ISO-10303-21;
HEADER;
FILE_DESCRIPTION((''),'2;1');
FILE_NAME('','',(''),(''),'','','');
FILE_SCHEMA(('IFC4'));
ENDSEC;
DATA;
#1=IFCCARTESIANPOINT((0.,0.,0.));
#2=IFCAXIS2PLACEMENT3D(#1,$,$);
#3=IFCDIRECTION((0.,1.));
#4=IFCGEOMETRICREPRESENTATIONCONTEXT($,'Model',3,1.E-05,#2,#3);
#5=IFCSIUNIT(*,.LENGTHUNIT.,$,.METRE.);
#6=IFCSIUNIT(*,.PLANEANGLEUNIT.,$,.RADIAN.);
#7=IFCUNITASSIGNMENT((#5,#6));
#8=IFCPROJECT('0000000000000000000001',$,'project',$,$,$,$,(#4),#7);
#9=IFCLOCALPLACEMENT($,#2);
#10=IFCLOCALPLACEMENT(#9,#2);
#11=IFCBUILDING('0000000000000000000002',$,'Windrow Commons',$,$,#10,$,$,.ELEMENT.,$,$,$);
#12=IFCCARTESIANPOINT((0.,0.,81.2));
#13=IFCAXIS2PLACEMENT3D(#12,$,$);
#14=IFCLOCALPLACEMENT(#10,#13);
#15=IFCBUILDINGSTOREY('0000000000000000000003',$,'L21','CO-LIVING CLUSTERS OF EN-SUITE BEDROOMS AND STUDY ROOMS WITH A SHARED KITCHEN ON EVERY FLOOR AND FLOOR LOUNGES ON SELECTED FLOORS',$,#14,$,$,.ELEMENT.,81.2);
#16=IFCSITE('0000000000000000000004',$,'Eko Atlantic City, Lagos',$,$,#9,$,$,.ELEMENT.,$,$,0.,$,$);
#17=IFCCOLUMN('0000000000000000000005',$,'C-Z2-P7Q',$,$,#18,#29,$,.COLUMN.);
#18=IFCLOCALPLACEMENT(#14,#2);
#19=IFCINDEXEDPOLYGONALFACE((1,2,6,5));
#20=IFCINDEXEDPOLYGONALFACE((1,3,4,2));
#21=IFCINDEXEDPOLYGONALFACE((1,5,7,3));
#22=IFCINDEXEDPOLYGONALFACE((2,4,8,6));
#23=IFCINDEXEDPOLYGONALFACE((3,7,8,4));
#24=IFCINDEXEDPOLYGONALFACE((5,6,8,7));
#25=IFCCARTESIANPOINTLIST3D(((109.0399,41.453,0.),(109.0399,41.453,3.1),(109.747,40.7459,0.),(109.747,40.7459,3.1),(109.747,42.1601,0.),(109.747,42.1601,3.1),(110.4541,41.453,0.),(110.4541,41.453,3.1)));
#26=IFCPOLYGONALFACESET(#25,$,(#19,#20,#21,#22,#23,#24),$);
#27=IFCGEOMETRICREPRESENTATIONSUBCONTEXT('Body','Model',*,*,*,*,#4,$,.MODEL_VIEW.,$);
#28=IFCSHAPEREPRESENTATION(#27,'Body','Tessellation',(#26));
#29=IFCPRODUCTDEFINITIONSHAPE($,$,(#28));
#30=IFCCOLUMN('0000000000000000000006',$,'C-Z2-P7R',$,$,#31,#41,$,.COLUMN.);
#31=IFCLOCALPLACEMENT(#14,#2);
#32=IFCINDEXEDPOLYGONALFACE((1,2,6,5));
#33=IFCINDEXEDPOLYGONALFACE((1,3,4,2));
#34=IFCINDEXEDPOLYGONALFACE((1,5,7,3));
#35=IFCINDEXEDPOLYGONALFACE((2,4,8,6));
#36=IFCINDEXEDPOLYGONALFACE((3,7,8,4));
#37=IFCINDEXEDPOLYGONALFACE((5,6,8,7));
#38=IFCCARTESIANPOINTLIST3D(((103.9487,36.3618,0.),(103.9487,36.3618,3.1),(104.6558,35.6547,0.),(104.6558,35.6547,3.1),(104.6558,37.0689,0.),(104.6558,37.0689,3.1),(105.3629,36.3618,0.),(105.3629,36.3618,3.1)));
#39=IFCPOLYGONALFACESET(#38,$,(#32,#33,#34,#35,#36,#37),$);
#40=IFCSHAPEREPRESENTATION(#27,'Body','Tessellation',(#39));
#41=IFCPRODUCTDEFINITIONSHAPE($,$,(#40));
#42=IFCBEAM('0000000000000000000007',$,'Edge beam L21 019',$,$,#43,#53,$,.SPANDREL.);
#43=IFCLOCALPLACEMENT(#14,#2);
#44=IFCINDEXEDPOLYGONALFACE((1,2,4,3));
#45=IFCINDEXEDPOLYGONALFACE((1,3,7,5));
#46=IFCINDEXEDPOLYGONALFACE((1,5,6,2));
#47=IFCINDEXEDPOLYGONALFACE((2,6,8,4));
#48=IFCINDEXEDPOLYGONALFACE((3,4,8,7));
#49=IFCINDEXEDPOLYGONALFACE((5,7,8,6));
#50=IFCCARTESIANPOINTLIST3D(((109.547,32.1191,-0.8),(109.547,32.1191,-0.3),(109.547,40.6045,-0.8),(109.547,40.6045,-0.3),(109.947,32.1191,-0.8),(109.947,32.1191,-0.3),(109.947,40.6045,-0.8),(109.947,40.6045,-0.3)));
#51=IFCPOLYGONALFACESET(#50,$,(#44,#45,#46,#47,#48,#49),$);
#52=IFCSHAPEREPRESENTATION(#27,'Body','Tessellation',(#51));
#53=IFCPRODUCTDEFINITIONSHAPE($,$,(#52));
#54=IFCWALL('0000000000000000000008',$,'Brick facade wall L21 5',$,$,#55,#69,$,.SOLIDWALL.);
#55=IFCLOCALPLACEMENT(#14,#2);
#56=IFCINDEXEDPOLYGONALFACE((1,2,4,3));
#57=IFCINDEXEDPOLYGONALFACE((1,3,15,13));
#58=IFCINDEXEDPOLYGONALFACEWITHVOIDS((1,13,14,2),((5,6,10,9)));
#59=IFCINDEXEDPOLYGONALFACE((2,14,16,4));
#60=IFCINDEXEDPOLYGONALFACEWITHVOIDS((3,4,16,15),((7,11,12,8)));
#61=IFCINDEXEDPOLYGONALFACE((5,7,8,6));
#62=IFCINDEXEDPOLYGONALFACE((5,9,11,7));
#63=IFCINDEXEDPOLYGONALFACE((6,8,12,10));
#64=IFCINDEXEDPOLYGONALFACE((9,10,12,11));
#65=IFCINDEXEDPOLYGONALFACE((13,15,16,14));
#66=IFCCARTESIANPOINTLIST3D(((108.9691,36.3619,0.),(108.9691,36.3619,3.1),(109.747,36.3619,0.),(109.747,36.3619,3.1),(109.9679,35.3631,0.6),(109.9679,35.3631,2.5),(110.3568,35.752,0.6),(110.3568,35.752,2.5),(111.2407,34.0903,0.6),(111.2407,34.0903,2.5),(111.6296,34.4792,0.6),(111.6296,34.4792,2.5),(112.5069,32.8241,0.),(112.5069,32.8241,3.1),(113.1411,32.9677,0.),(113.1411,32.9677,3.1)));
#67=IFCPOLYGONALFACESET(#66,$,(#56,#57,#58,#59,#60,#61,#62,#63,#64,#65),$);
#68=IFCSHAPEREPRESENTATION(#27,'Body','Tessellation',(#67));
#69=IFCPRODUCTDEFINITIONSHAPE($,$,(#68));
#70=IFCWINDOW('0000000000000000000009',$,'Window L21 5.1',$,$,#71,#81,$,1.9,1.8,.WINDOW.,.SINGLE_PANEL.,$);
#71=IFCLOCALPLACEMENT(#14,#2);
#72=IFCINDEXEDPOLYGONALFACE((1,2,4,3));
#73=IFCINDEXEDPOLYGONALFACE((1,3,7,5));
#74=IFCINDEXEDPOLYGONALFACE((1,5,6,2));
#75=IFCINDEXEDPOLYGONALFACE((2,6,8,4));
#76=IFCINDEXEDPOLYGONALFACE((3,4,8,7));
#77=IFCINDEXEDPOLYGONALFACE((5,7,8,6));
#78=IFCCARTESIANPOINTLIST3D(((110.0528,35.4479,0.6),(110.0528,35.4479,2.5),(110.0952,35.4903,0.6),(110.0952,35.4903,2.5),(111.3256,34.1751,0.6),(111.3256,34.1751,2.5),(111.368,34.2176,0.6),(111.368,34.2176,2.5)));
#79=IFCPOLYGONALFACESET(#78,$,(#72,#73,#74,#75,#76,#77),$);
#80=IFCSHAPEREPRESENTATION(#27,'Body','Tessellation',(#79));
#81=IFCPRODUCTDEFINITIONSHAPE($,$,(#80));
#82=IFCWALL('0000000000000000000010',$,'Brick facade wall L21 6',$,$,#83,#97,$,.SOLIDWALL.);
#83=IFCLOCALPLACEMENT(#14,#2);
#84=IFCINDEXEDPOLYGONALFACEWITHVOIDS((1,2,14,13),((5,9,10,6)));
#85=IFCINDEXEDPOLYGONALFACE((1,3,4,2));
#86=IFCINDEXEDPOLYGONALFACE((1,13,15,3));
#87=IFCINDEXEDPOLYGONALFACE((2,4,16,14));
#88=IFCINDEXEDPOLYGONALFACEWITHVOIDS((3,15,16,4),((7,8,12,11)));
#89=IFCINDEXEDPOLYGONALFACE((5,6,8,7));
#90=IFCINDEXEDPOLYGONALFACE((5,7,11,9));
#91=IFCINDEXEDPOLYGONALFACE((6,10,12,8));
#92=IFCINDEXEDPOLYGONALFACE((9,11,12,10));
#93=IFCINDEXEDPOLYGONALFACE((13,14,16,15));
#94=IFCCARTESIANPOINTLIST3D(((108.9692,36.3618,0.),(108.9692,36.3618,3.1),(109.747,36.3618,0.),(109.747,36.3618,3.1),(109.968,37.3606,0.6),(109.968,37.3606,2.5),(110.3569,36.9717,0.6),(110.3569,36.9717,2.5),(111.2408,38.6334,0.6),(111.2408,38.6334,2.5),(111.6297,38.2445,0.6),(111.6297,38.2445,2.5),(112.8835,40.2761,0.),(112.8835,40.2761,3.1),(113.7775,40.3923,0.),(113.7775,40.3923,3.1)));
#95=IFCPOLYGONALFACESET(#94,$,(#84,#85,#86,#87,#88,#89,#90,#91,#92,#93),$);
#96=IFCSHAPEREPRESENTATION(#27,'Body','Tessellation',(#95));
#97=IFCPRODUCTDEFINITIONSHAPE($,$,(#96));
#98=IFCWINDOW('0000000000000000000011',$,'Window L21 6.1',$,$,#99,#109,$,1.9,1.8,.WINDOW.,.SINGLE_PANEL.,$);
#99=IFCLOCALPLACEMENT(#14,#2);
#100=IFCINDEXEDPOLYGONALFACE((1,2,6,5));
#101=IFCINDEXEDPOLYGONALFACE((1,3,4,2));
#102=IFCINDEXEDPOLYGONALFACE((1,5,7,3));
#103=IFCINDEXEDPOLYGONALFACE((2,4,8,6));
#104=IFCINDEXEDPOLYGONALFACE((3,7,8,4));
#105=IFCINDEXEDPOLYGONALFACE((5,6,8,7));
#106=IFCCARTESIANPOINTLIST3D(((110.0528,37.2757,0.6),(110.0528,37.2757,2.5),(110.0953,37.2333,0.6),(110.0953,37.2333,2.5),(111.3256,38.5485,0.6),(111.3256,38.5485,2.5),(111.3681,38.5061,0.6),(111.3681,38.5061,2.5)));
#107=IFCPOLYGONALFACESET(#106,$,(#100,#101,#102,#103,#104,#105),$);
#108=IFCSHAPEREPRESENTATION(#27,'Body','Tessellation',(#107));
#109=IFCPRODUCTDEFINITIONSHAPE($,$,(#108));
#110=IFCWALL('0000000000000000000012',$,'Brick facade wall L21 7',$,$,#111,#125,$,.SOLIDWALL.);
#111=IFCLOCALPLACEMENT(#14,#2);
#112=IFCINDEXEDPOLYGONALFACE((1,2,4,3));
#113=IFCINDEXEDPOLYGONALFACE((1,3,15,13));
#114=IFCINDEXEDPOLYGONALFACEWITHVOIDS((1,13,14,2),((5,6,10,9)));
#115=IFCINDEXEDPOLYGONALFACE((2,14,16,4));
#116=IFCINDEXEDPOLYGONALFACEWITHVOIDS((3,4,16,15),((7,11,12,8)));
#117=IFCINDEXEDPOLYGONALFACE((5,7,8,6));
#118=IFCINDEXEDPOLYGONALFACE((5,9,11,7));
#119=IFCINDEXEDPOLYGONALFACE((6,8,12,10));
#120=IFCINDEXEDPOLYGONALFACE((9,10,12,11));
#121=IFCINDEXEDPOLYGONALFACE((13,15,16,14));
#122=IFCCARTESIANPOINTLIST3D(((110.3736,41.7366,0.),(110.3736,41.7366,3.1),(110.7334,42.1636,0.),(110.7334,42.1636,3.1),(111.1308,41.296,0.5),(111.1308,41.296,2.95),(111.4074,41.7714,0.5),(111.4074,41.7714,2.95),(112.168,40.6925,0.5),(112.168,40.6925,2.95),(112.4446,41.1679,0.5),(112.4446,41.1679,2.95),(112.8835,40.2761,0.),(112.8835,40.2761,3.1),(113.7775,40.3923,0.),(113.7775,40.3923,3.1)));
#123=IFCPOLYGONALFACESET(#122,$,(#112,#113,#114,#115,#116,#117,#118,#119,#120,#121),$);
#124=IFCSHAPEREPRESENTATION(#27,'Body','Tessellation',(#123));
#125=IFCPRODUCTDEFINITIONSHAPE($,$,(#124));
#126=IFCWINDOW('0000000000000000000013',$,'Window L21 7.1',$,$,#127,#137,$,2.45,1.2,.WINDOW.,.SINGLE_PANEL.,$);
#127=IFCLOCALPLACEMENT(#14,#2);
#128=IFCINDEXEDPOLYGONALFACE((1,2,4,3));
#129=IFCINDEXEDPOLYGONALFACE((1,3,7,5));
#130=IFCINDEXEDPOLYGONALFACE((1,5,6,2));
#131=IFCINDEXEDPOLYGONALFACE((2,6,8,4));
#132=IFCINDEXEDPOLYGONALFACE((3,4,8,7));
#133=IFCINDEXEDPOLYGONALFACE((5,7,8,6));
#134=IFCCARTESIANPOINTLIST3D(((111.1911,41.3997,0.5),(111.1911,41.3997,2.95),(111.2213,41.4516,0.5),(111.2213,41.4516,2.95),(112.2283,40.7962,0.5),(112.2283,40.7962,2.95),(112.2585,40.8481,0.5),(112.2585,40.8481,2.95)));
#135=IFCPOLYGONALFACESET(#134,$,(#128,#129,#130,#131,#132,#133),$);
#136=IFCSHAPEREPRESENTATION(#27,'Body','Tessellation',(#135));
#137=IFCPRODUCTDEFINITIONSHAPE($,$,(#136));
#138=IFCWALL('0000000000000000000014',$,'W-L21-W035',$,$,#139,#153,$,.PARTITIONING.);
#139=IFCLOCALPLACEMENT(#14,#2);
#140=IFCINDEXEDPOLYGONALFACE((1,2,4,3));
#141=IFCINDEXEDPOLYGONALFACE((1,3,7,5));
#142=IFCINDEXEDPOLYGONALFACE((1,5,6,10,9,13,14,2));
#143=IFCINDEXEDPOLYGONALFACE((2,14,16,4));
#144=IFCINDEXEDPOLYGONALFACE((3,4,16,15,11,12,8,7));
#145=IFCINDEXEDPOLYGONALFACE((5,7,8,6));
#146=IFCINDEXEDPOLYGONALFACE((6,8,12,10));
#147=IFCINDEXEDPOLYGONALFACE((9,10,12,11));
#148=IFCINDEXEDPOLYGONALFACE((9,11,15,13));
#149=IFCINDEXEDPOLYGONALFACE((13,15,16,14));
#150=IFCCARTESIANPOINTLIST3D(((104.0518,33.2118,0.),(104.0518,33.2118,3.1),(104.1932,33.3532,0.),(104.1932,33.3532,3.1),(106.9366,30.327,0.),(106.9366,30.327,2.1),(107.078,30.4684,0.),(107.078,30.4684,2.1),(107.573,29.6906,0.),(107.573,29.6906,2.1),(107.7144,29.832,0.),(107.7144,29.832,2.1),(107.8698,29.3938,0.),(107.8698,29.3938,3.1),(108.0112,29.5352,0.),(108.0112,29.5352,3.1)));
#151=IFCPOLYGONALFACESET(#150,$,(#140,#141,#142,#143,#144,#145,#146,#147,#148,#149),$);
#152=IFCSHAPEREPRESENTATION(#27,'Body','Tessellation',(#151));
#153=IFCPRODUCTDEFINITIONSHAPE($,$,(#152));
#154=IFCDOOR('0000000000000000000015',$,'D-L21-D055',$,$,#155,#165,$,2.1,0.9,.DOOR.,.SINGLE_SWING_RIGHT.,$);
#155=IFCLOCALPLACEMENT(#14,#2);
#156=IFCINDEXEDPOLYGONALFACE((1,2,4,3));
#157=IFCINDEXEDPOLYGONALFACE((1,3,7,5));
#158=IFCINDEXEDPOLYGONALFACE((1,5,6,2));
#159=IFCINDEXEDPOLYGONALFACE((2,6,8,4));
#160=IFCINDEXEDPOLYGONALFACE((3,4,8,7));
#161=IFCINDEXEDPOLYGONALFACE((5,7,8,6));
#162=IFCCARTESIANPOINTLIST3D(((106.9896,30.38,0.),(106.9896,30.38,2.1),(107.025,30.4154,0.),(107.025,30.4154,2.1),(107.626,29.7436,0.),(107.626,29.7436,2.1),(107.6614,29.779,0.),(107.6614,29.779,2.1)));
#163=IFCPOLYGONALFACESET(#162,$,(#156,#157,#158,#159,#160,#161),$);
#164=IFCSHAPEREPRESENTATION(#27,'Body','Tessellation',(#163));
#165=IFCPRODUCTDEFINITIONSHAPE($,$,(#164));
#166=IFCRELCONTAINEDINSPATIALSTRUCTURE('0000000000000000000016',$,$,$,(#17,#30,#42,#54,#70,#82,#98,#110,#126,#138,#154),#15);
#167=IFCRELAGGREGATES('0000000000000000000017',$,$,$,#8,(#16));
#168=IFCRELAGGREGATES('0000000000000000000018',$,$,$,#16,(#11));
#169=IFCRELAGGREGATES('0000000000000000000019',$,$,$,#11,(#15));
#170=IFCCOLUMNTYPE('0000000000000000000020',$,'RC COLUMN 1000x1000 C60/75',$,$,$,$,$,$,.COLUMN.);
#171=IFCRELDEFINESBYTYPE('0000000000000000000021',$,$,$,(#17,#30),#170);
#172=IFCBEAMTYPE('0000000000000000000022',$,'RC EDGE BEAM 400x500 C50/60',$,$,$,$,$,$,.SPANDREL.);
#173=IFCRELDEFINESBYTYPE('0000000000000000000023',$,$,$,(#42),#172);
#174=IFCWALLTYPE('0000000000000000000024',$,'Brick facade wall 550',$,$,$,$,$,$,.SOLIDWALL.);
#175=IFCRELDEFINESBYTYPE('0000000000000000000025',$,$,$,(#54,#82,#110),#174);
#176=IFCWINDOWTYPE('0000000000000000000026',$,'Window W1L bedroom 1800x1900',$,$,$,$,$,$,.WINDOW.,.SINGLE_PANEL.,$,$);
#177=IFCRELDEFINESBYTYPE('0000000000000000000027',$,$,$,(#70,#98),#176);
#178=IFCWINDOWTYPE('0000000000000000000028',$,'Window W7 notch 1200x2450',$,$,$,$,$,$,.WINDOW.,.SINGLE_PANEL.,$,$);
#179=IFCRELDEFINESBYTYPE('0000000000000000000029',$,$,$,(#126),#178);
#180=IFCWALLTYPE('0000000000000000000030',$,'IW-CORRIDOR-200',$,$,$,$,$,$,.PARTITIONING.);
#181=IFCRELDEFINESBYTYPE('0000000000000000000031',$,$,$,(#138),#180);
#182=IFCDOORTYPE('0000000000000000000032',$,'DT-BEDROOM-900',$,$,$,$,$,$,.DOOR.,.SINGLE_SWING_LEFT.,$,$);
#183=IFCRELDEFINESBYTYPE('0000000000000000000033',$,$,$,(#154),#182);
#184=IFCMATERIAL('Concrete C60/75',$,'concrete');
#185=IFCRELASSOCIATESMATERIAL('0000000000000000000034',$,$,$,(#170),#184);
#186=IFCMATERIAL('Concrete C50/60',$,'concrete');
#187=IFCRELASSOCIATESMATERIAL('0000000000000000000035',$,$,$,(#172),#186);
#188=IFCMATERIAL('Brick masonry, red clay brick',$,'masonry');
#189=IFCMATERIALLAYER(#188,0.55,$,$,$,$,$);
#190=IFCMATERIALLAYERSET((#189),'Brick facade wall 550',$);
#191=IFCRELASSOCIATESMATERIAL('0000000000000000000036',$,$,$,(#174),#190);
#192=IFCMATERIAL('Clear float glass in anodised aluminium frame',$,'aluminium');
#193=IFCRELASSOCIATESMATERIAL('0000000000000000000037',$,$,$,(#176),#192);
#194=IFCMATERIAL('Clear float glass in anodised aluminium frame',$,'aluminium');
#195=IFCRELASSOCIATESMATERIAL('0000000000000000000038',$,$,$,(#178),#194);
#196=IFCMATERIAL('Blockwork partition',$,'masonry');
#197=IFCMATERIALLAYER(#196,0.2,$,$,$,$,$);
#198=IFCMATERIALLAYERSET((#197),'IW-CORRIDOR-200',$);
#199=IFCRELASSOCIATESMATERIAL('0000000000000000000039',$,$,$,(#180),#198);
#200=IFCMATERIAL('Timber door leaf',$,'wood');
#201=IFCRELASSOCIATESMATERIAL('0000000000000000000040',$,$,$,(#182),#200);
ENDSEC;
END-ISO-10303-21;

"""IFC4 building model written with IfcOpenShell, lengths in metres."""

from ifc_helpers import new_model, si_unit, direction, frame, frame_2d, origin, origin_2d, place, context, subcontext, project, spatial, polyline, rectangle, outline, extrude, material, layer, layer_set, material_profile, profile_set, type_object, element, fill, save


model = new_model("IFC4")

# Units and contexts
model_context = context("Model", 3, precision=1e-05, world=origin(), true_north=direction((0.0, 1.0)))
body_context = subcontext(model_context, "Body", "Model", "MODEL_VIEW")
ifc_project = project(units=[si_unit("LENGTHUNIT", "METRE"), si_unit("PLANEANGLEUNIT", "RADIAN")], contexts=[model_context])

# Site, building, storey
site_placement = place(None, origin())
site = spatial("IfcSite", under=ifc_project, at=site_placement, Name="Eko Atlantic City, Lagos", CompositionType="ELEMENT", RefElevation=0.0)
building_placement = place(site_placement, origin())
building = spatial("IfcBuilding", under=site, at=building_placement, Name="Windrow Commons", CompositionType="ELEMENT")
storey_placement = place(building_placement, frame((0.0, 0.0, 81.2)))
storey = spatial("IfcBuildingStorey", under=building, at=storey_placement, Name="L21", Description="CO-LIVING CLUSTERS OF EN-SUITE BEDROOMS AND STUDY ROOMS WITH A SHARED KITCHEN ON EVERY FLOOR AND FLOOR LOUNGES ON SELECTED FLOORS", CompositionType="ELEMENT", Elevation=81.2)

# Columns
ifc_material_1 = material(Name="Concrete C60/75", Category="concrete")
ifc_material_profile_1 = material_profile(ifc_material_1, rectangle(XDim=1.0, YDim=1.0, at=origin_2d()))
ifc_profile_set_1 = profile_set([ifc_material_profile_1], Name="Concrete C60/75")
column_type = type_object("IfcColumnType", Name="RC COLUMN 1000x1000 C60/75", PredefinedType="COLUMN", material=ifc_profile_set_1)
for number, where, z_axis, x_axis, name in (
    (1, (109.747, 41.453, 0.0), (0.0, 0.0, 1.0), (0.707107, -0.707107, 0.0), "C-Z2-P7Q"),
    (2, (104.6558, 36.3618, 0.0), (0.0, 0.0, 1.0), (0.707107, -0.707107, 0.0), "C-Z2-P7R"),
):
    element("IfcColumn", number, at=place(storey_placement, frame(where, z_axis=z_axis, x_axis=x_axis)), inside=storey, type_object=column_type, Name=name, PredefinedType="COLUMN", context=body_context, shape_type="SweptSolid", body=[
        extrude(rectangle(XDim=1.0, YDim=1.0, at=origin_2d()), origin(), (0.0, 0.0, 1.0), 3.1),
    ])

# Beam
ifc_material_2 = material(Name="Concrete C50/60", Category="concrete")
ifc_material_profile_2 = material_profile(ifc_material_2, rectangle(XDim=0.4, YDim=0.5, at=origin_2d()))
ifc_profile_set_2 = profile_set([ifc_material_profile_2], Name="Concrete C50/60")
beam_type = type_object("IfcBeamType", Name="RC EDGE BEAM 400x500 C50/60", PredefinedType="SPANDREL", material=ifc_profile_set_2)
beam_placement = place(storey_placement, frame((109.747, 40.6045, -0.55), z_axis=(0.0, -1.0, 0.0), x_axis=(1.0, 0.0, 0.0)))
element("IfcBeam", 3, at=beam_placement, inside=storey, type_object=beam_type, Name="Edge beam L21 019", PredefinedType="SPANDREL", context=body_context, shape_type="SweptSolid", body=[
    extrude(rectangle(XDim=0.4, YDim=0.5, at=origin_2d()), origin(), (0.0, 0.0, 1.0), 8.4854),
])

# Walls, openings, windows
ifc_material_3 = material(Name="Brick masonry, red clay brick", Category="masonry")
ifc_layer_1 = layer(ifc_material_3, 0.55)
ifc_layer_set_1 = layer_set([ifc_layer_1], Name="Brick facade wall 550")
wall_type_1 = type_object("IfcWallType", Name="Brick facade wall 550", PredefinedType="SOLIDWALL", material=ifc_layer_set_1)
wall_1_placement = place(storey_placement, frame((112.824, 32.8959, 0.0), z_axis=(0.0, 0.0, 1.0), x_axis=(-0.707107, 0.707107, 0.0)))
wall_1 = element("IfcWall", 4, at=wall_1_placement, inside=storey, type_object=wall_type_1, Name="Brick facade wall L21 5", PredefinedType="SOLIDWALL", context=body_context, shape_type="SweptSolid", body=[
    extrude(outline(polyline([(-0.1734, -0.275), (4.6266, -0.275), (5.1766, 0.275), (0.1734, 0.275), (-0.1734, -0.275)])), origin(), (0.0, 0.0, 1.0), 3.1),
])
opening_1_placement = place(wall_1_placement, frame((1.9641, 0.0, 0.6)))
opening_1 = element("IfcOpeningElement", 5, at=opening_1_placement, cuts=wall_1, PredefinedType="OPENING", context=body_context, shape_type="SweptSolid", body=[
    extrude(rectangle(XDim=1.8, YDim=1.9, at=frame_2d((0.9, 0.95))), frame((0.0, 0.285, 0.0), z_axis=(0.0, -1.0, 0.0), x_axis=(1.0, 0.0, 0.0)), (0.0, 0.0, 1.0), 0.57),
])
ifc_material_4 = material(Name="Clear float glass in anodised aluminium frame", Category="aluminium")
window_type_1 = type_object("IfcWindowType", Name="Window W1L bedroom 1800x1900", PartitioningType="SINGLE_PANEL", PredefinedType="WINDOW", material=ifc_material_4)
window_1_placement = place(opening_1_placement, origin())
window_1 = element("IfcWindow", 6, at=window_1_placement, inside=storey, type_object=window_type_1, Name="Window L21 5.1", OverallHeight=1.9, OverallWidth=1.8, PartitioningType="SINGLE_PANEL", PredefinedType="WINDOW", context=body_context, shape_type="SweptSolid", body=[
    extrude(rectangle(XDim=1.8, YDim=1.9, at=frame_2d((0.9, 0.95))), frame((0.0, 0.155, 0.0), z_axis=(0.0, -1.0, 0.0), x_axis=(1.0, 0.0, 0.0)), (0.0, 0.0, 1.0), 0.06),
])
fill(opening_1, window_1)
wall_2_placement = place(storey_placement, frame((109.3581, 36.3618, 0.0), z_axis=(0.0, 0.0, 1.0), x_axis=(0.707107, 0.707107, 0.0)))
wall_2 = element("IfcWall", 7, at=wall_2_placement, inside=storey, type_object=wall_type_1, Name="Brick facade wall L21 6", PredefinedType="SOLIDWALL", context=body_context, shape_type="SweptSolid", body=[
    extrude(outline(polyline([(0.275, -0.275), (5.975, -0.275), (5.2607, 0.275), (-0.275, 0.275), (0.275, -0.275)])), origin(), (0.0, 0.0, 1.0), 3.1),
])
opening_2_placement = place(wall_2_placement, frame((1.1375, 0.0, 0.6)))
opening_2 = element("IfcOpeningElement", 8, at=opening_2_placement, cuts=wall_2, PredefinedType="OPENING", context=body_context, shape_type="SweptSolid", body=[
    extrude(rectangle(XDim=1.8, YDim=1.9, at=frame_2d((0.9, 0.95))), frame((0.0, 0.285, 0.0), z_axis=(0.0, -1.0, 0.0), x_axis=(1.0, 0.0, 0.0)), (0.0, 0.0, 1.0), 0.57),
])
window_2_placement = place(opening_2_placement, origin())
window_2 = element("IfcWindow", 9, at=window_2_placement, inside=storey, type_object=window_type_1, Name="Window L21 6.1", OverallHeight=1.9, OverallWidth=1.8, PartitioningType="SINGLE_PANEL", PredefinedType="WINDOW", context=body_context, shape_type="SweptSolid", body=[
    extrude(rectangle(XDim=1.8, YDim=1.9, at=frame_2d((0.9, 0.95))), frame((0.0, 0.155, 0.0), z_axis=(0.0, -1.0, 0.0), x_axis=(1.0, 0.0, 0.0)), (0.0, 0.0, 1.0), 0.06),
])
fill(opening_2, window_2)
wall_3_placement = place(storey_placement, frame((113.3305, 40.3342, 0.0), z_axis=(0.0, 0.0, 1.0), x_axis=(-0.864323, 0.502938, 0.0)))
wall_3 = element("IfcWall", 10, at=wall_3_placement, inside=storey, type_object=wall_type_1, Name="Brick facade wall L21 7", PredefinedType="SOLIDWALL", context=body_context, shape_type="SweptSolid", body=[
    extrude(outline(polyline([(-0.3571, -0.275), (3.1648, -0.275), (3.261, 0.275), (0.3571, 0.275), (-0.3571, -0.275)])), origin(), (0.0, 0.0, 1.0), 3.1),
])
opening_3_placement = place(wall_3_placement, frame((1.185, 0.0, 0.5)))
opening_3 = element("IfcOpeningElement", 11, at=opening_3_placement, cuts=wall_3, PredefinedType="OPENING", context=body_context, shape_type="SweptSolid", body=[
    extrude(rectangle(XDim=1.2, YDim=2.45, at=frame_2d((0.6, 1.225))), frame((0.0, 0.285, 0.0), z_axis=(0.0, -1.0, 0.0), x_axis=(1.0, 0.0, 0.0)), (0.0, 0.0, 1.0), 0.57),
])
ifc_material_5 = material(Name="Clear float glass in anodised aluminium frame", Category="aluminium")
window_type_2 = type_object("IfcWindowType", Name="Window W7 notch 1200x2450", PartitioningType="SINGLE_PANEL", PredefinedType="WINDOW", material=ifc_material_5)
window_3_placement = place(opening_3_placement, origin())
window_3 = element("IfcWindow", 12, at=window_3_placement, inside=storey, type_object=window_type_2, Name="Window L21 7.1", OverallHeight=2.45, OverallWidth=1.2, PartitioningType="SINGLE_PANEL", PredefinedType="WINDOW", context=body_context, shape_type="SweptSolid", body=[
    extrude(rectangle(XDim=1.2, YDim=2.45, at=frame_2d((0.6, 1.225))), frame((0.0, 0.155, 0.0), z_axis=(0.0, -1.0, 0.0), x_axis=(1.0, 0.0, 0.0)), (0.0, 0.0, 1.0), 0.06),
])
fill(opening_3, window_3)

# Wall, opening, door
ifc_material_6 = material(Name="Blockwork partition", Category="masonry")
ifc_layer_2 = layer(ifc_material_6, 0.2)
ifc_layer_set_2 = layer_set([ifc_layer_2], Name="IW-CORRIDOR-200")
wall_type_2 = type_object("IfcWallType", Name="IW-CORRIDOR-200", PredefinedType="PARTITIONING", material=ifc_layer_set_2)
wall_4_placement = place(storey_placement, frame((104.1225, 33.2825, 0.0), z_axis=(0.0, 0.0, 1.0), x_axis=(0.707107, -0.707107, 0.0)))
wall_4 = element("IfcWall", 13, at=wall_4_placement, inside=storey, type_object=wall_type_2, Name="W-L21-W035", PredefinedType="PARTITIONING", context=body_context, shape_type="SweptSolid", body=[
    extrude(rectangle(XDim=5.3995, YDim=0.2, at=frame_2d((2.6997, 0.0))), origin(), (0.0, 0.0, 1.0), 3.1),
])
opening_4_placement = place(wall_4_placement, frame((4.0797, 0.0, 0.0)))
opening_4 = element("IfcOpeningElement", 14, at=opening_4_placement, cuts=wall_4, PredefinedType="OPENING", context=body_context, shape_type="SweptSolid", body=[
    extrude(rectangle(XDim=0.9, YDim=2.1, at=frame_2d((0.45, 1.05))), frame((0.0, 0.11, 0.0), z_axis=(0.0, -1.0, 0.0), x_axis=(1.0, 0.0, 0.0)), (0.0, 0.0, 1.0), 0.22),
])
ifc_material_7 = material(Name="Timber door leaf", Category="wood")
door_type_1 = type_object("IfcDoorType", Name="DT-BEDROOM-900", OperationType="SINGLE_SWING_LEFT", PredefinedType="DOOR", material=ifc_material_7)
door_1_placement = place(opening_4_placement, origin())
door_1 = element("IfcDoor", 15, at=door_1_placement, inside=storey, type_object=door_type_1, Name="D-L21-D055", OperationType="SINGLE_SWING_RIGHT", OverallHeight=2.1, OverallWidth=0.9, PredefinedType="DOOR", context=body_context, shape_type="SweptSolid", body=[
    extrude(rectangle(XDim=0.9, YDim=2.1, at=frame_2d((0.45, 1.05))), frame((0.0, 0.025, 0.0), z_axis=(0.0, -1.0, 0.0), x_axis=(1.0, 0.0, 0.0)), (0.0, 0.0, 1.0), 0.05),
])
fill(opening_4, door_1)

save(model, "model.ifc")
